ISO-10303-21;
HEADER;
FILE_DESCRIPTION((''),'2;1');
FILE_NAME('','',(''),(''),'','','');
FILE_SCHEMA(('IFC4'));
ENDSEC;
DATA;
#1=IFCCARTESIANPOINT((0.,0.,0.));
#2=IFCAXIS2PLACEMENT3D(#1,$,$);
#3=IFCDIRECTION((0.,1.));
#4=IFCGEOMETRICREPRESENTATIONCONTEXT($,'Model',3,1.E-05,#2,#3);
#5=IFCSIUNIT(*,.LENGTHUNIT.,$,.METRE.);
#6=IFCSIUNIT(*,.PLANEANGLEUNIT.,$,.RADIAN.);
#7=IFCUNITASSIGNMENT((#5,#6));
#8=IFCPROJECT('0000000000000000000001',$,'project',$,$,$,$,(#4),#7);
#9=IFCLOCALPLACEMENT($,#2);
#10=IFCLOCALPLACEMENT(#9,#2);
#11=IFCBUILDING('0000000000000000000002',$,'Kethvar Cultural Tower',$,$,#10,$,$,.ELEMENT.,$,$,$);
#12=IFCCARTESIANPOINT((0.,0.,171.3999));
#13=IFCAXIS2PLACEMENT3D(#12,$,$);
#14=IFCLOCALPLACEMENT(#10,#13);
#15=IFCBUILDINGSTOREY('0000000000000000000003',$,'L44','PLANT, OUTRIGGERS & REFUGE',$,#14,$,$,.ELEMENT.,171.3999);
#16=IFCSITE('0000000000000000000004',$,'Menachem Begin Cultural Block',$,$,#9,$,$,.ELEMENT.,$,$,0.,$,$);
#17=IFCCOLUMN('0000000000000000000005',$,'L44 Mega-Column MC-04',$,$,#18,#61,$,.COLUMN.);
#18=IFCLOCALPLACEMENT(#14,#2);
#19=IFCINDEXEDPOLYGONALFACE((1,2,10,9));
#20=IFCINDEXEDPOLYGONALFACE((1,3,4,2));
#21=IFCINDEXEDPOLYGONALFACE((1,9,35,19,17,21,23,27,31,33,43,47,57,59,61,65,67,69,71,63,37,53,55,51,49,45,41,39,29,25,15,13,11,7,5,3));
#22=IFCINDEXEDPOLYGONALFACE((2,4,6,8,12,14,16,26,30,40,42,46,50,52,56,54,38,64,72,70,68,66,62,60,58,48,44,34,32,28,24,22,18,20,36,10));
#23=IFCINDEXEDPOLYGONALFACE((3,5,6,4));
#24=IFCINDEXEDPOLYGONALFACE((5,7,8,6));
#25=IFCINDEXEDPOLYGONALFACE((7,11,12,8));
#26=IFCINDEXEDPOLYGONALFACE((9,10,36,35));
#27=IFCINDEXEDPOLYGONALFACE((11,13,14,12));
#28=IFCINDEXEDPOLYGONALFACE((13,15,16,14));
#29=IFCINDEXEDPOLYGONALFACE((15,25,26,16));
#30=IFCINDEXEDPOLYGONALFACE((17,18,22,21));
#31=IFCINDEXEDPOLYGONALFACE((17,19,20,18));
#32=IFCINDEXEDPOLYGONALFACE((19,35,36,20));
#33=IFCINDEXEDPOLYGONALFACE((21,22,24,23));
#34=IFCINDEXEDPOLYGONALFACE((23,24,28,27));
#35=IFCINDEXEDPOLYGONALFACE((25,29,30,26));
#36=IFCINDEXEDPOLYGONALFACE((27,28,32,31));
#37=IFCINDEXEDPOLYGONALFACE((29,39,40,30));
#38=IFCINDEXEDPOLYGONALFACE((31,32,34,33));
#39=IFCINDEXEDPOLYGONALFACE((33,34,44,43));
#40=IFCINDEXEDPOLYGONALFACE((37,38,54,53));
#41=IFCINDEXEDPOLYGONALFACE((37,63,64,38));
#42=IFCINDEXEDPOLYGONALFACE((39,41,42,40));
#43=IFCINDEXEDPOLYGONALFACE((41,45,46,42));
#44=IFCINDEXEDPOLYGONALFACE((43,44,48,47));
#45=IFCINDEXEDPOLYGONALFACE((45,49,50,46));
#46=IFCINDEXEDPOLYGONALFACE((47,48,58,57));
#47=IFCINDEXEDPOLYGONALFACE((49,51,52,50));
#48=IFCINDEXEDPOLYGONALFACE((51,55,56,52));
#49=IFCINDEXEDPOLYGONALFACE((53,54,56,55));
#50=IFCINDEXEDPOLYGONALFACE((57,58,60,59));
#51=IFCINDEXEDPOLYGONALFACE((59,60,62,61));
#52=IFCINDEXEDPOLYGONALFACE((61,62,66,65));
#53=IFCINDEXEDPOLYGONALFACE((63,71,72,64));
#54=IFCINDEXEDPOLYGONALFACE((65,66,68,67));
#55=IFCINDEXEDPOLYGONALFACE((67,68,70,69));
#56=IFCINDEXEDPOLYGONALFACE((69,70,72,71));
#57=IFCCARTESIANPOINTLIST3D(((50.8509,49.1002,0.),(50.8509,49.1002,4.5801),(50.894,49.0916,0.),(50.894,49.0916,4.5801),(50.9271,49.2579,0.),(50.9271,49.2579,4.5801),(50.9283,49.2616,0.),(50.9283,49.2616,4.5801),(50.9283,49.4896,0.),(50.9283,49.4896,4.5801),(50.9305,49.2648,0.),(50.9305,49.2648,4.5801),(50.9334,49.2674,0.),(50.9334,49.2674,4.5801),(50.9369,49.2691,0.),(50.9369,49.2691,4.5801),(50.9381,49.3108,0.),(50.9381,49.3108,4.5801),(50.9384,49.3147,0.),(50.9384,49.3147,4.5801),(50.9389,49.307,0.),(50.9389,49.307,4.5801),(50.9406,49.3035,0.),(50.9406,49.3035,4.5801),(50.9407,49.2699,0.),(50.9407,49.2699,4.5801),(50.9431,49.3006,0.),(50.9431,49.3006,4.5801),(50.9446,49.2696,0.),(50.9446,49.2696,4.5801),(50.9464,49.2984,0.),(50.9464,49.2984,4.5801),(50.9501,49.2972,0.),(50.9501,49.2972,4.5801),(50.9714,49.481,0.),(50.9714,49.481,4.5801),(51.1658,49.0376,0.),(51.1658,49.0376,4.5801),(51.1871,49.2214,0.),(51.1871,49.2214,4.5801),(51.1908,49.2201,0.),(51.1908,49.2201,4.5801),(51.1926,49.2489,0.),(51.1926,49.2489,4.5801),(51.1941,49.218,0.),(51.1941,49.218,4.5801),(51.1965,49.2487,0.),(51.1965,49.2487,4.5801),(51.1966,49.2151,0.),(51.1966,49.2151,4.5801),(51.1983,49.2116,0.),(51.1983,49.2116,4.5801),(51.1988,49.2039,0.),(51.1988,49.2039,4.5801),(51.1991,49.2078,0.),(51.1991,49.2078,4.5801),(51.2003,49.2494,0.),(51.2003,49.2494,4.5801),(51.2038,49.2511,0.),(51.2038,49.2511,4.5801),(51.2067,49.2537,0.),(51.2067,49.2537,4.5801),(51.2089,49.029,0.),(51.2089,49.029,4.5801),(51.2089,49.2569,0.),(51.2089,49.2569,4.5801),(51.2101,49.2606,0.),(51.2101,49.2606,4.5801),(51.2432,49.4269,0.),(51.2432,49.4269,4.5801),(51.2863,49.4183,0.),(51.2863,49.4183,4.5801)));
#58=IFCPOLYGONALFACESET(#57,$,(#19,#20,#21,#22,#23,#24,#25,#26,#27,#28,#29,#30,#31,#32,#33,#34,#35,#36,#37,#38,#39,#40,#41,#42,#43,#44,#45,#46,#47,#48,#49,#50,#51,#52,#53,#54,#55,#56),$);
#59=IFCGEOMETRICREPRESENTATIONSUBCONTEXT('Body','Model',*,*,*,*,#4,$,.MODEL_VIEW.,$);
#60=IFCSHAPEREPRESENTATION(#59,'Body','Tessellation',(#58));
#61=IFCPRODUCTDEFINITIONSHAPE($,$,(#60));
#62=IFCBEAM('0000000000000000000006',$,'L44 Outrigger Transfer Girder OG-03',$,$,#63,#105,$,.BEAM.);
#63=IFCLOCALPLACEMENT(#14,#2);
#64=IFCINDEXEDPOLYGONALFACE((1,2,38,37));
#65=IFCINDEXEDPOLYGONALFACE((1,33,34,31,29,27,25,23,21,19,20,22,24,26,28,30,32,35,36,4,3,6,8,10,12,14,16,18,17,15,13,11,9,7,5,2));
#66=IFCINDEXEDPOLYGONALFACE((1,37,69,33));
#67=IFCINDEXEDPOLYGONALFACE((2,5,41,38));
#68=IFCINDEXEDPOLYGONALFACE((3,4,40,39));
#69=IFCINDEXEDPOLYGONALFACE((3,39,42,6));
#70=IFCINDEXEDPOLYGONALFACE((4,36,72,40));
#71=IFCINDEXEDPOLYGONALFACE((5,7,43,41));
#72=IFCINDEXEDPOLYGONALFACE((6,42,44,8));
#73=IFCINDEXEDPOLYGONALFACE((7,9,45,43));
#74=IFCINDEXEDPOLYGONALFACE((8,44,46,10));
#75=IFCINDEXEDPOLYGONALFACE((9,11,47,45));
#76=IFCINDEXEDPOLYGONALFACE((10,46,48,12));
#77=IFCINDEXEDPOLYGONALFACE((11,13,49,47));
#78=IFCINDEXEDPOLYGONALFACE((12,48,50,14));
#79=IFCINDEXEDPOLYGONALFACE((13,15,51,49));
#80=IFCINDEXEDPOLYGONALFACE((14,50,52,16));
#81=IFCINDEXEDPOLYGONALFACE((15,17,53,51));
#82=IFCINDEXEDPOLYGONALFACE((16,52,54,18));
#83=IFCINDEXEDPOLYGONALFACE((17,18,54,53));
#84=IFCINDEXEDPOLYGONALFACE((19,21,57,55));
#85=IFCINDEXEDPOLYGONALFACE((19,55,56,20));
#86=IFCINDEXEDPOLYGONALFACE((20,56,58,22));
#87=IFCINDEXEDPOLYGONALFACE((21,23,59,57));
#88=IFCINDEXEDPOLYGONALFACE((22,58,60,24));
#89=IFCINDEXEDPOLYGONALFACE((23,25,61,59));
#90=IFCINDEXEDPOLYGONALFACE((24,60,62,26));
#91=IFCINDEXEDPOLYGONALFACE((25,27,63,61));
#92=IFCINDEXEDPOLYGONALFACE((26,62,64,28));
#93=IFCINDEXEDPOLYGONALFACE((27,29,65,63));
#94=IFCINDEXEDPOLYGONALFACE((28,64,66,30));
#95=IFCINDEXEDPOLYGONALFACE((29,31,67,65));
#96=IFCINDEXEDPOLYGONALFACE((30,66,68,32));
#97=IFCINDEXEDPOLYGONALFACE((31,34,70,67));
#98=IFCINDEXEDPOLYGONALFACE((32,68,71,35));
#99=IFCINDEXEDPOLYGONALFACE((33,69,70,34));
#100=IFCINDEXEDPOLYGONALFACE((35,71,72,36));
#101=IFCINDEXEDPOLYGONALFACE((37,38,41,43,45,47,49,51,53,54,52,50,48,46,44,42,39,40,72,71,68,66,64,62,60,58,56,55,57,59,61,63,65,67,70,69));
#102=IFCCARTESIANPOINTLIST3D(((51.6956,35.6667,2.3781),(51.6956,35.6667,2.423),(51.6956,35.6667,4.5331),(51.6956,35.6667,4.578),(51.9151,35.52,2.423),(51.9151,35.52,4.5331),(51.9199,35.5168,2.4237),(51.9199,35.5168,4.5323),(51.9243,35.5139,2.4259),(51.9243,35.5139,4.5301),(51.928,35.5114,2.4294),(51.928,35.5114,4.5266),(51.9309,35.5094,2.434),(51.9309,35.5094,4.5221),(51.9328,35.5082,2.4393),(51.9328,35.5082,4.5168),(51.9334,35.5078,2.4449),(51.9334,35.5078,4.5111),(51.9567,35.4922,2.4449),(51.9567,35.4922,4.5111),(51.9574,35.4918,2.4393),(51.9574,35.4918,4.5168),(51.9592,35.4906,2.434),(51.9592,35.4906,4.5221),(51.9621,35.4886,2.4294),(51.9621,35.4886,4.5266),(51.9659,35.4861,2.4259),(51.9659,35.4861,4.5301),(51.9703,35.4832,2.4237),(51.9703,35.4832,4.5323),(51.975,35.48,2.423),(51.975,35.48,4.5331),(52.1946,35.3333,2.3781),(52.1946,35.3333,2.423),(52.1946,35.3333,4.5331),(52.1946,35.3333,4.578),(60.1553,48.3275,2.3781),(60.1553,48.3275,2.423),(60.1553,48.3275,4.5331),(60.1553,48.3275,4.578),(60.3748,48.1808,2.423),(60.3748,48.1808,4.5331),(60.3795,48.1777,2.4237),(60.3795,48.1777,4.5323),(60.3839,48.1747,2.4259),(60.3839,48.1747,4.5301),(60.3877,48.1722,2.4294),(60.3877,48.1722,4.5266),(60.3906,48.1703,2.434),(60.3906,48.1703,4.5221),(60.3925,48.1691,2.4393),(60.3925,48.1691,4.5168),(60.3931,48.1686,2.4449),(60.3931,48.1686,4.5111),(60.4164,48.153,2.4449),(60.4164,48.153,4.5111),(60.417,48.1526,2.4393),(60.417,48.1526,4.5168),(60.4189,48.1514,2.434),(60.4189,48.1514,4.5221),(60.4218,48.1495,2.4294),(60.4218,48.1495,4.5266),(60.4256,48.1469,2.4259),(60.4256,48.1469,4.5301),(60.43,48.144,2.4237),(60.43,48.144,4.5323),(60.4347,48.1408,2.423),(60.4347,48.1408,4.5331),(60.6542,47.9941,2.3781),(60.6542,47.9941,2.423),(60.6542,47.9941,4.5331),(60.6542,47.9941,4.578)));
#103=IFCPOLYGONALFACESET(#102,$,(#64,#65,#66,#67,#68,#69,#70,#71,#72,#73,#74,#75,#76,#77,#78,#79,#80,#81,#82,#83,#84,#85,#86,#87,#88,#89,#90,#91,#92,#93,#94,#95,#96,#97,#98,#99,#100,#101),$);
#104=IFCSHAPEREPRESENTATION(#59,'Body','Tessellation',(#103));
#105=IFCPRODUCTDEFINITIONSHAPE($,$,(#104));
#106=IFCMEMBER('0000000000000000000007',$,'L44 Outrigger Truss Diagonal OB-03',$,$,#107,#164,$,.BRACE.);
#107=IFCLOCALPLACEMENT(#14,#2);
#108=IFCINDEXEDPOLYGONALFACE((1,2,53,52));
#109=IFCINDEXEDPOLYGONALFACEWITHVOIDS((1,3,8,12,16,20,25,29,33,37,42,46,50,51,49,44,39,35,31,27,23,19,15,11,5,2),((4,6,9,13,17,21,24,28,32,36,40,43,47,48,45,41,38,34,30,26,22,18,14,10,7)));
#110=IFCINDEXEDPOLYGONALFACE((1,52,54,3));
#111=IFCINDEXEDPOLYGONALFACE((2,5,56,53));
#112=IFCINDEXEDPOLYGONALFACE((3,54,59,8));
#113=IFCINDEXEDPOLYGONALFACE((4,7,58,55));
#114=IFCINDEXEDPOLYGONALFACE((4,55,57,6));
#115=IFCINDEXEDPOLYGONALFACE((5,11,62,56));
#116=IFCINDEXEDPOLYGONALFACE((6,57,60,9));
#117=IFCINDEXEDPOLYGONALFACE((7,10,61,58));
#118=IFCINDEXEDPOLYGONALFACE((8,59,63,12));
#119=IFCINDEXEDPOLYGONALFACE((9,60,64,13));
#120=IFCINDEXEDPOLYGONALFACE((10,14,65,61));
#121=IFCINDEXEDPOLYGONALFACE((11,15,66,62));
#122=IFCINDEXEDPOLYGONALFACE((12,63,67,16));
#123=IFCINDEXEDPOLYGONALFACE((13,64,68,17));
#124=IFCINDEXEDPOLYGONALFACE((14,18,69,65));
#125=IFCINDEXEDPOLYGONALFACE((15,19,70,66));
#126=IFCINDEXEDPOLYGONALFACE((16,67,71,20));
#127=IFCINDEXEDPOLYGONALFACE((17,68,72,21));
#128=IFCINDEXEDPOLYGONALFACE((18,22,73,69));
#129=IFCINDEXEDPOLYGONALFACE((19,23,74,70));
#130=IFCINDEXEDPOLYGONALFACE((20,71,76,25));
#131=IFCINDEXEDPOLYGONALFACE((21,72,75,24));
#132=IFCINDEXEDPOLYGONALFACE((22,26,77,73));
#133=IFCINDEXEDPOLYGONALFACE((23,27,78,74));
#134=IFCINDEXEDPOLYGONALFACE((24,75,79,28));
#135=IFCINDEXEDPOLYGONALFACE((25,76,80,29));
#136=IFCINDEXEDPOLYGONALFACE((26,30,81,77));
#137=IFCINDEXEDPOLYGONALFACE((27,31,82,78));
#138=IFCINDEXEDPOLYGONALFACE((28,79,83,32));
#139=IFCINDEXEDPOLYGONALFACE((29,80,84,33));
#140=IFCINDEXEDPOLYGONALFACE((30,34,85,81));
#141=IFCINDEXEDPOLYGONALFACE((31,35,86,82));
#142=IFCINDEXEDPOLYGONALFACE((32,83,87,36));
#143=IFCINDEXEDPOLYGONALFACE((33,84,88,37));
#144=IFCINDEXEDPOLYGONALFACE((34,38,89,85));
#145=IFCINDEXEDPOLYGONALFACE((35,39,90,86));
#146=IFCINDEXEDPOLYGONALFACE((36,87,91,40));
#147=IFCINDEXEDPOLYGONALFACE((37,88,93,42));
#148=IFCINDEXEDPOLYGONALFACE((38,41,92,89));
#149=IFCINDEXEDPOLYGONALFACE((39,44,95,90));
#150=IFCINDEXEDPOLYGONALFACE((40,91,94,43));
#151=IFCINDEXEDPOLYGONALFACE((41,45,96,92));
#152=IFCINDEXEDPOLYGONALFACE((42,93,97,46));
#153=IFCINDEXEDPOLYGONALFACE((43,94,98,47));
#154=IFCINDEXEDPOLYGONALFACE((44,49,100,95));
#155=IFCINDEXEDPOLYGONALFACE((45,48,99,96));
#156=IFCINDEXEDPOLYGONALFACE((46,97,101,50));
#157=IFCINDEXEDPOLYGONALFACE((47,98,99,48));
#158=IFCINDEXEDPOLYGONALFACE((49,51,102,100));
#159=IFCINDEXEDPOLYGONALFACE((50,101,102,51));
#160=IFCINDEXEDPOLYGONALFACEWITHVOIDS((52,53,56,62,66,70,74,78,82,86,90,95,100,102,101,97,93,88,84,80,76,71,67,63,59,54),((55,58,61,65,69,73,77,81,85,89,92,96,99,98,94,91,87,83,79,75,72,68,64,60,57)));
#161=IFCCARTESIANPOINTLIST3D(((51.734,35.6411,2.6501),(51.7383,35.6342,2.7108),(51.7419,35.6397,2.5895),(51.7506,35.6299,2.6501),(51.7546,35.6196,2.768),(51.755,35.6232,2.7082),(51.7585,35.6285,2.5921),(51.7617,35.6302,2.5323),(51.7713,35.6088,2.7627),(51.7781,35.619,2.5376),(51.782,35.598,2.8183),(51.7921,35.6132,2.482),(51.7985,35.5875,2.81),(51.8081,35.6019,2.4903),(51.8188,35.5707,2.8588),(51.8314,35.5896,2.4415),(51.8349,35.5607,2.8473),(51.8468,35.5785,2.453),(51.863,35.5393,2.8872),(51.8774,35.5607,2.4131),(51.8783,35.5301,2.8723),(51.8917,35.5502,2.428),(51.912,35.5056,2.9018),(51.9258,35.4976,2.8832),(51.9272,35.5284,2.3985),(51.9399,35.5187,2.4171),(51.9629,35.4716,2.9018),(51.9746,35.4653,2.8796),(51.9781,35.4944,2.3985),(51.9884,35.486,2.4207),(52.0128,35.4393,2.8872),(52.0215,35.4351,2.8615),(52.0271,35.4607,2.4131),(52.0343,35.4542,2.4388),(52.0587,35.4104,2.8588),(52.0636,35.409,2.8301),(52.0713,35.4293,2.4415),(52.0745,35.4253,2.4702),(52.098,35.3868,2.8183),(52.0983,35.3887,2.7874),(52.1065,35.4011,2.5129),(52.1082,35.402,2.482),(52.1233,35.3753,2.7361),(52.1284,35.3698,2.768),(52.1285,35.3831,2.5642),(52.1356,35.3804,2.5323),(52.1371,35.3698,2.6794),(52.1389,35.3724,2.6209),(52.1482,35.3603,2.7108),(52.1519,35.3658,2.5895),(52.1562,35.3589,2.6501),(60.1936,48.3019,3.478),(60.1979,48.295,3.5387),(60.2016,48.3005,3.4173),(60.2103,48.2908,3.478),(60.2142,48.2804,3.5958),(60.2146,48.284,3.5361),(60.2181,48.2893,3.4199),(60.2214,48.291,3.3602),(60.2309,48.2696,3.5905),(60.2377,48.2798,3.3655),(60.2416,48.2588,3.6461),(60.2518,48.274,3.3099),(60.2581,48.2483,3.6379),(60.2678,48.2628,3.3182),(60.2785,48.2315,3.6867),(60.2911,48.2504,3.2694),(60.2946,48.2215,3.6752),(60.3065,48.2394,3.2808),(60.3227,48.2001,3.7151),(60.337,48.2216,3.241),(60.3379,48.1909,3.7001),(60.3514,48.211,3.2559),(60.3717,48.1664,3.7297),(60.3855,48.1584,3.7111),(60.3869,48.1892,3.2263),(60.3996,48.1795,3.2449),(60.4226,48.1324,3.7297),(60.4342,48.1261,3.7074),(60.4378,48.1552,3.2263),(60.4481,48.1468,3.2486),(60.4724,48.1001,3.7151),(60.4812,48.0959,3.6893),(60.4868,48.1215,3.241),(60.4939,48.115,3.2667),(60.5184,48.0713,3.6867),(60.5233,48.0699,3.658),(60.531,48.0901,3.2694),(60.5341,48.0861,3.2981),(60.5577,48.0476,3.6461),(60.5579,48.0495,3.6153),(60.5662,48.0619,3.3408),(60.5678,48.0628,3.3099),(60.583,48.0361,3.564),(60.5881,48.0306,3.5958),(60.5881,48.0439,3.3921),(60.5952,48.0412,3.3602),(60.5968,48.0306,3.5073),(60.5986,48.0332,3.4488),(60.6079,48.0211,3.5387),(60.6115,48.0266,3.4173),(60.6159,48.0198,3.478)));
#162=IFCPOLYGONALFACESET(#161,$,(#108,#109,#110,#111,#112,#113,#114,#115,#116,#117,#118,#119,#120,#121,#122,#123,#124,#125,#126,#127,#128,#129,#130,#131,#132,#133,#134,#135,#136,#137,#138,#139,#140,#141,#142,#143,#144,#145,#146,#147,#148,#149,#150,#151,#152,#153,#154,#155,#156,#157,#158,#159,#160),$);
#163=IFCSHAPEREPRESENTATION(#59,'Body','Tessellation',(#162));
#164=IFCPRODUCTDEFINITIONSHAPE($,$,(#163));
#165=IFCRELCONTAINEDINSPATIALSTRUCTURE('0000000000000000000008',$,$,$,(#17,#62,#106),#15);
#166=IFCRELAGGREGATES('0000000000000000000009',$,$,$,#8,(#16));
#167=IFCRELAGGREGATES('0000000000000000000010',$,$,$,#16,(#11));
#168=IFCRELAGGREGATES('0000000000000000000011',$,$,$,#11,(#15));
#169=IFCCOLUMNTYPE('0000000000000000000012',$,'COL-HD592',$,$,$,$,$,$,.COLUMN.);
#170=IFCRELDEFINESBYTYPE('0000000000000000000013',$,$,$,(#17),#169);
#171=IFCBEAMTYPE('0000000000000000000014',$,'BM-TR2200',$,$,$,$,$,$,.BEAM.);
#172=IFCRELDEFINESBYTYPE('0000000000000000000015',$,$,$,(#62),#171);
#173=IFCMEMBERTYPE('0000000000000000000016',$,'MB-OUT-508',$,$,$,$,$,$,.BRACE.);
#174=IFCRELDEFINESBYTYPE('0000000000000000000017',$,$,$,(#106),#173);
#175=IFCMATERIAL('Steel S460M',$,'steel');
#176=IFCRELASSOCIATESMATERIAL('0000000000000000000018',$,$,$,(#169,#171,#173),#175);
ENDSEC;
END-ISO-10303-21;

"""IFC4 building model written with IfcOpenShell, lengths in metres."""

from ifc_helpers import new_model, si_unit, direction, frame, origin, origin_2d, place, context, subcontext, project, spatial, hollow_circle, i_section, extrude, source, transform, mapped, material, material_profile, profile_set, type_object, element, save


model = new_model("IFC4")

# Units and contexts
model_context = context("Model", 3, precision=1e-05, world=origin(), true_north=direction((0.0, 1.0)))
body_context = subcontext(model_context, "Body", "Model", "MODEL_VIEW")
ifc_project = project(units=[si_unit("LENGTHUNIT", "METRE"), si_unit("PLANEANGLEUNIT", "RADIAN")], contexts=[model_context])

# Site, building, storey
site_placement = place(None, origin())
site = spatial("IfcSite", under=ifc_project, at=site_placement, Name="Menachem Begin Cultural Block", CompositionType="ELEMENT", RefElevation=0.0)
building_placement = place(site_placement, origin())
building = spatial("IfcBuilding", under=site, at=building_placement, Name="Kethvar Cultural Tower", CompositionType="ELEMENT")
storey_placement = place(building_placement, frame((0.0, 0.0, 171.3999)))
storey = spatial("IfcBuildingStorey", under=building, at=storey_placement, Name="L44", Description="PLANT, OUTRIGGERS & REFUGE", CompositionType="ELEMENT", Elevation=171.3999)

# Column
ifc_material_1 = material(Name="Steel S460M", Category="steel")
ifc_material_profile_1 = material_profile(ifc_material_1, i_section(OverallWidth=0.397, OverallDepth=0.365, WebThickness=0.0281, FlangeThickness=0.0439, FilletRadius=0.0149, at=origin_2d()), Name="Steel S460M — HD400x592")
ifc_profile_set_1 = profile_set([ifc_material_profile_1], Name="Steel S460M — HD400x592")
column_type = type_object("IfcColumnType", Name="COL-HD592", PredefinedType="COLUMN", material=ifc_profile_set_1)
shared_shape_1 = source(origin(), body_context, "Body", "SweptSolid", [
    extrude(i_section(OverallWidth=0.397, OverallDepth=0.365, WebThickness=0.0281, FlangeThickness=0.0439, FilletRadius=0.0149, at=origin_2d()), origin(), (0.0, 0.0, 1.0), 4.5801),
])
column_placement = place(storey_placement, frame((51.0686, 49.2593, 0.0), z_axis=(0.0, 0.0, 1.0), x_axis=(0.19509, 0.980785, 0.0)))
element("IfcColumn", 1, at=column_placement, inside=storey, type_object=column_type, Name="L44 Mega-Column MC-04", PredefinedType="COLUMN", context=body_context, shape_type="MappedRepresentation", body=[
    mapped(shared_shape_1, transform((0.0, 0.0, 0.0), scale=1.0)),
])

# Beam
ifc_material_profile_2 = material_profile(ifc_material_1, i_section(OverallWidth=0.6001, OverallDepth=2.2, WebThickness=0.0281, FlangeThickness=0.0449, FilletRadius=0.022, at=origin_2d()), Name="Steel S460M — PG2200x600x45x28")
ifc_profile_set_2 = profile_set([ifc_material_profile_2], Name="Steel S460M — PG2200x600x45x28")
beam_type = type_object("IfcBeamType", Name="BM-TR2200", PredefinedType="BEAM", material=ifc_profile_set_2)
shared_shape_2 = source(origin(), body_context, "Body", "SweptSolid", [
    extrude(i_section(OverallWidth=0.6001, OverallDepth=2.2, WebThickness=0.0281, FlangeThickness=0.0449, FilletRadius=0.022, at=origin_2d()), origin(), (0.0, 0.0, 1.0), 15.2271),
])
beam_1_placement = place(storey_placement, frame((51.9451, 35.5, 3.478), z_axis=(0.555569, 0.83147, 0.0), x_axis=(-0.83147, 0.555569, 0.0)))
element("IfcBeam", 2, at=beam_1_placement, inside=storey, type_object=beam_type, Name="L44 Outrigger Transfer Girder OG-03", PredefinedType="BEAM", context=body_context, shape_type="MappedRepresentation", body=[
    mapped(shared_shape_2, transform((0.0, 0.0, 0.0), scale=1.0)),
])

# Member
ifc_material_profile_3 = material_profile(ifc_material_1, hollow_circle(Radius=0.2539, WallThickness=0.02, at=origin_2d()), Name="Steel S460M — CHS508x20")
ifc_profile_set_3 = profile_set([ifc_material_profile_3], Name="Steel S460M — CHS508x20")
member_type_1 = type_object("IfcMemberType", Name="MB-OUT-508", PredefinedType="BRACE", material=ifc_profile_set_3)
shared_shape_3 = source(origin(), body_context, "Body", "SweptSolid", [
    extrude(hollow_circle(Radius=0.2539, WallThickness=0.02, at=origin_2d()), origin(), (0.0, 0.0, 1.0), 15.2495),
])
member_1_placement = place(storey_placement, frame((51.9451, 35.5, 2.6501), z_axis=(0.55475, 0.830244, 0.054289), x_axis=(-0.83147, 0.555569, 0.0)))
element("IfcMember", 3, at=member_1_placement, inside=storey, type_object=member_type_1, Name="L44 Outrigger Truss Diagonal OB-03", PredefinedType="BRACE", context=body_context, shape_type="MappedRepresentation", body=[
    mapped(shared_shape_3, transform((0.0, 0.0, 0.0), scale=1.0)),
])

save(model, "model.ifc")
